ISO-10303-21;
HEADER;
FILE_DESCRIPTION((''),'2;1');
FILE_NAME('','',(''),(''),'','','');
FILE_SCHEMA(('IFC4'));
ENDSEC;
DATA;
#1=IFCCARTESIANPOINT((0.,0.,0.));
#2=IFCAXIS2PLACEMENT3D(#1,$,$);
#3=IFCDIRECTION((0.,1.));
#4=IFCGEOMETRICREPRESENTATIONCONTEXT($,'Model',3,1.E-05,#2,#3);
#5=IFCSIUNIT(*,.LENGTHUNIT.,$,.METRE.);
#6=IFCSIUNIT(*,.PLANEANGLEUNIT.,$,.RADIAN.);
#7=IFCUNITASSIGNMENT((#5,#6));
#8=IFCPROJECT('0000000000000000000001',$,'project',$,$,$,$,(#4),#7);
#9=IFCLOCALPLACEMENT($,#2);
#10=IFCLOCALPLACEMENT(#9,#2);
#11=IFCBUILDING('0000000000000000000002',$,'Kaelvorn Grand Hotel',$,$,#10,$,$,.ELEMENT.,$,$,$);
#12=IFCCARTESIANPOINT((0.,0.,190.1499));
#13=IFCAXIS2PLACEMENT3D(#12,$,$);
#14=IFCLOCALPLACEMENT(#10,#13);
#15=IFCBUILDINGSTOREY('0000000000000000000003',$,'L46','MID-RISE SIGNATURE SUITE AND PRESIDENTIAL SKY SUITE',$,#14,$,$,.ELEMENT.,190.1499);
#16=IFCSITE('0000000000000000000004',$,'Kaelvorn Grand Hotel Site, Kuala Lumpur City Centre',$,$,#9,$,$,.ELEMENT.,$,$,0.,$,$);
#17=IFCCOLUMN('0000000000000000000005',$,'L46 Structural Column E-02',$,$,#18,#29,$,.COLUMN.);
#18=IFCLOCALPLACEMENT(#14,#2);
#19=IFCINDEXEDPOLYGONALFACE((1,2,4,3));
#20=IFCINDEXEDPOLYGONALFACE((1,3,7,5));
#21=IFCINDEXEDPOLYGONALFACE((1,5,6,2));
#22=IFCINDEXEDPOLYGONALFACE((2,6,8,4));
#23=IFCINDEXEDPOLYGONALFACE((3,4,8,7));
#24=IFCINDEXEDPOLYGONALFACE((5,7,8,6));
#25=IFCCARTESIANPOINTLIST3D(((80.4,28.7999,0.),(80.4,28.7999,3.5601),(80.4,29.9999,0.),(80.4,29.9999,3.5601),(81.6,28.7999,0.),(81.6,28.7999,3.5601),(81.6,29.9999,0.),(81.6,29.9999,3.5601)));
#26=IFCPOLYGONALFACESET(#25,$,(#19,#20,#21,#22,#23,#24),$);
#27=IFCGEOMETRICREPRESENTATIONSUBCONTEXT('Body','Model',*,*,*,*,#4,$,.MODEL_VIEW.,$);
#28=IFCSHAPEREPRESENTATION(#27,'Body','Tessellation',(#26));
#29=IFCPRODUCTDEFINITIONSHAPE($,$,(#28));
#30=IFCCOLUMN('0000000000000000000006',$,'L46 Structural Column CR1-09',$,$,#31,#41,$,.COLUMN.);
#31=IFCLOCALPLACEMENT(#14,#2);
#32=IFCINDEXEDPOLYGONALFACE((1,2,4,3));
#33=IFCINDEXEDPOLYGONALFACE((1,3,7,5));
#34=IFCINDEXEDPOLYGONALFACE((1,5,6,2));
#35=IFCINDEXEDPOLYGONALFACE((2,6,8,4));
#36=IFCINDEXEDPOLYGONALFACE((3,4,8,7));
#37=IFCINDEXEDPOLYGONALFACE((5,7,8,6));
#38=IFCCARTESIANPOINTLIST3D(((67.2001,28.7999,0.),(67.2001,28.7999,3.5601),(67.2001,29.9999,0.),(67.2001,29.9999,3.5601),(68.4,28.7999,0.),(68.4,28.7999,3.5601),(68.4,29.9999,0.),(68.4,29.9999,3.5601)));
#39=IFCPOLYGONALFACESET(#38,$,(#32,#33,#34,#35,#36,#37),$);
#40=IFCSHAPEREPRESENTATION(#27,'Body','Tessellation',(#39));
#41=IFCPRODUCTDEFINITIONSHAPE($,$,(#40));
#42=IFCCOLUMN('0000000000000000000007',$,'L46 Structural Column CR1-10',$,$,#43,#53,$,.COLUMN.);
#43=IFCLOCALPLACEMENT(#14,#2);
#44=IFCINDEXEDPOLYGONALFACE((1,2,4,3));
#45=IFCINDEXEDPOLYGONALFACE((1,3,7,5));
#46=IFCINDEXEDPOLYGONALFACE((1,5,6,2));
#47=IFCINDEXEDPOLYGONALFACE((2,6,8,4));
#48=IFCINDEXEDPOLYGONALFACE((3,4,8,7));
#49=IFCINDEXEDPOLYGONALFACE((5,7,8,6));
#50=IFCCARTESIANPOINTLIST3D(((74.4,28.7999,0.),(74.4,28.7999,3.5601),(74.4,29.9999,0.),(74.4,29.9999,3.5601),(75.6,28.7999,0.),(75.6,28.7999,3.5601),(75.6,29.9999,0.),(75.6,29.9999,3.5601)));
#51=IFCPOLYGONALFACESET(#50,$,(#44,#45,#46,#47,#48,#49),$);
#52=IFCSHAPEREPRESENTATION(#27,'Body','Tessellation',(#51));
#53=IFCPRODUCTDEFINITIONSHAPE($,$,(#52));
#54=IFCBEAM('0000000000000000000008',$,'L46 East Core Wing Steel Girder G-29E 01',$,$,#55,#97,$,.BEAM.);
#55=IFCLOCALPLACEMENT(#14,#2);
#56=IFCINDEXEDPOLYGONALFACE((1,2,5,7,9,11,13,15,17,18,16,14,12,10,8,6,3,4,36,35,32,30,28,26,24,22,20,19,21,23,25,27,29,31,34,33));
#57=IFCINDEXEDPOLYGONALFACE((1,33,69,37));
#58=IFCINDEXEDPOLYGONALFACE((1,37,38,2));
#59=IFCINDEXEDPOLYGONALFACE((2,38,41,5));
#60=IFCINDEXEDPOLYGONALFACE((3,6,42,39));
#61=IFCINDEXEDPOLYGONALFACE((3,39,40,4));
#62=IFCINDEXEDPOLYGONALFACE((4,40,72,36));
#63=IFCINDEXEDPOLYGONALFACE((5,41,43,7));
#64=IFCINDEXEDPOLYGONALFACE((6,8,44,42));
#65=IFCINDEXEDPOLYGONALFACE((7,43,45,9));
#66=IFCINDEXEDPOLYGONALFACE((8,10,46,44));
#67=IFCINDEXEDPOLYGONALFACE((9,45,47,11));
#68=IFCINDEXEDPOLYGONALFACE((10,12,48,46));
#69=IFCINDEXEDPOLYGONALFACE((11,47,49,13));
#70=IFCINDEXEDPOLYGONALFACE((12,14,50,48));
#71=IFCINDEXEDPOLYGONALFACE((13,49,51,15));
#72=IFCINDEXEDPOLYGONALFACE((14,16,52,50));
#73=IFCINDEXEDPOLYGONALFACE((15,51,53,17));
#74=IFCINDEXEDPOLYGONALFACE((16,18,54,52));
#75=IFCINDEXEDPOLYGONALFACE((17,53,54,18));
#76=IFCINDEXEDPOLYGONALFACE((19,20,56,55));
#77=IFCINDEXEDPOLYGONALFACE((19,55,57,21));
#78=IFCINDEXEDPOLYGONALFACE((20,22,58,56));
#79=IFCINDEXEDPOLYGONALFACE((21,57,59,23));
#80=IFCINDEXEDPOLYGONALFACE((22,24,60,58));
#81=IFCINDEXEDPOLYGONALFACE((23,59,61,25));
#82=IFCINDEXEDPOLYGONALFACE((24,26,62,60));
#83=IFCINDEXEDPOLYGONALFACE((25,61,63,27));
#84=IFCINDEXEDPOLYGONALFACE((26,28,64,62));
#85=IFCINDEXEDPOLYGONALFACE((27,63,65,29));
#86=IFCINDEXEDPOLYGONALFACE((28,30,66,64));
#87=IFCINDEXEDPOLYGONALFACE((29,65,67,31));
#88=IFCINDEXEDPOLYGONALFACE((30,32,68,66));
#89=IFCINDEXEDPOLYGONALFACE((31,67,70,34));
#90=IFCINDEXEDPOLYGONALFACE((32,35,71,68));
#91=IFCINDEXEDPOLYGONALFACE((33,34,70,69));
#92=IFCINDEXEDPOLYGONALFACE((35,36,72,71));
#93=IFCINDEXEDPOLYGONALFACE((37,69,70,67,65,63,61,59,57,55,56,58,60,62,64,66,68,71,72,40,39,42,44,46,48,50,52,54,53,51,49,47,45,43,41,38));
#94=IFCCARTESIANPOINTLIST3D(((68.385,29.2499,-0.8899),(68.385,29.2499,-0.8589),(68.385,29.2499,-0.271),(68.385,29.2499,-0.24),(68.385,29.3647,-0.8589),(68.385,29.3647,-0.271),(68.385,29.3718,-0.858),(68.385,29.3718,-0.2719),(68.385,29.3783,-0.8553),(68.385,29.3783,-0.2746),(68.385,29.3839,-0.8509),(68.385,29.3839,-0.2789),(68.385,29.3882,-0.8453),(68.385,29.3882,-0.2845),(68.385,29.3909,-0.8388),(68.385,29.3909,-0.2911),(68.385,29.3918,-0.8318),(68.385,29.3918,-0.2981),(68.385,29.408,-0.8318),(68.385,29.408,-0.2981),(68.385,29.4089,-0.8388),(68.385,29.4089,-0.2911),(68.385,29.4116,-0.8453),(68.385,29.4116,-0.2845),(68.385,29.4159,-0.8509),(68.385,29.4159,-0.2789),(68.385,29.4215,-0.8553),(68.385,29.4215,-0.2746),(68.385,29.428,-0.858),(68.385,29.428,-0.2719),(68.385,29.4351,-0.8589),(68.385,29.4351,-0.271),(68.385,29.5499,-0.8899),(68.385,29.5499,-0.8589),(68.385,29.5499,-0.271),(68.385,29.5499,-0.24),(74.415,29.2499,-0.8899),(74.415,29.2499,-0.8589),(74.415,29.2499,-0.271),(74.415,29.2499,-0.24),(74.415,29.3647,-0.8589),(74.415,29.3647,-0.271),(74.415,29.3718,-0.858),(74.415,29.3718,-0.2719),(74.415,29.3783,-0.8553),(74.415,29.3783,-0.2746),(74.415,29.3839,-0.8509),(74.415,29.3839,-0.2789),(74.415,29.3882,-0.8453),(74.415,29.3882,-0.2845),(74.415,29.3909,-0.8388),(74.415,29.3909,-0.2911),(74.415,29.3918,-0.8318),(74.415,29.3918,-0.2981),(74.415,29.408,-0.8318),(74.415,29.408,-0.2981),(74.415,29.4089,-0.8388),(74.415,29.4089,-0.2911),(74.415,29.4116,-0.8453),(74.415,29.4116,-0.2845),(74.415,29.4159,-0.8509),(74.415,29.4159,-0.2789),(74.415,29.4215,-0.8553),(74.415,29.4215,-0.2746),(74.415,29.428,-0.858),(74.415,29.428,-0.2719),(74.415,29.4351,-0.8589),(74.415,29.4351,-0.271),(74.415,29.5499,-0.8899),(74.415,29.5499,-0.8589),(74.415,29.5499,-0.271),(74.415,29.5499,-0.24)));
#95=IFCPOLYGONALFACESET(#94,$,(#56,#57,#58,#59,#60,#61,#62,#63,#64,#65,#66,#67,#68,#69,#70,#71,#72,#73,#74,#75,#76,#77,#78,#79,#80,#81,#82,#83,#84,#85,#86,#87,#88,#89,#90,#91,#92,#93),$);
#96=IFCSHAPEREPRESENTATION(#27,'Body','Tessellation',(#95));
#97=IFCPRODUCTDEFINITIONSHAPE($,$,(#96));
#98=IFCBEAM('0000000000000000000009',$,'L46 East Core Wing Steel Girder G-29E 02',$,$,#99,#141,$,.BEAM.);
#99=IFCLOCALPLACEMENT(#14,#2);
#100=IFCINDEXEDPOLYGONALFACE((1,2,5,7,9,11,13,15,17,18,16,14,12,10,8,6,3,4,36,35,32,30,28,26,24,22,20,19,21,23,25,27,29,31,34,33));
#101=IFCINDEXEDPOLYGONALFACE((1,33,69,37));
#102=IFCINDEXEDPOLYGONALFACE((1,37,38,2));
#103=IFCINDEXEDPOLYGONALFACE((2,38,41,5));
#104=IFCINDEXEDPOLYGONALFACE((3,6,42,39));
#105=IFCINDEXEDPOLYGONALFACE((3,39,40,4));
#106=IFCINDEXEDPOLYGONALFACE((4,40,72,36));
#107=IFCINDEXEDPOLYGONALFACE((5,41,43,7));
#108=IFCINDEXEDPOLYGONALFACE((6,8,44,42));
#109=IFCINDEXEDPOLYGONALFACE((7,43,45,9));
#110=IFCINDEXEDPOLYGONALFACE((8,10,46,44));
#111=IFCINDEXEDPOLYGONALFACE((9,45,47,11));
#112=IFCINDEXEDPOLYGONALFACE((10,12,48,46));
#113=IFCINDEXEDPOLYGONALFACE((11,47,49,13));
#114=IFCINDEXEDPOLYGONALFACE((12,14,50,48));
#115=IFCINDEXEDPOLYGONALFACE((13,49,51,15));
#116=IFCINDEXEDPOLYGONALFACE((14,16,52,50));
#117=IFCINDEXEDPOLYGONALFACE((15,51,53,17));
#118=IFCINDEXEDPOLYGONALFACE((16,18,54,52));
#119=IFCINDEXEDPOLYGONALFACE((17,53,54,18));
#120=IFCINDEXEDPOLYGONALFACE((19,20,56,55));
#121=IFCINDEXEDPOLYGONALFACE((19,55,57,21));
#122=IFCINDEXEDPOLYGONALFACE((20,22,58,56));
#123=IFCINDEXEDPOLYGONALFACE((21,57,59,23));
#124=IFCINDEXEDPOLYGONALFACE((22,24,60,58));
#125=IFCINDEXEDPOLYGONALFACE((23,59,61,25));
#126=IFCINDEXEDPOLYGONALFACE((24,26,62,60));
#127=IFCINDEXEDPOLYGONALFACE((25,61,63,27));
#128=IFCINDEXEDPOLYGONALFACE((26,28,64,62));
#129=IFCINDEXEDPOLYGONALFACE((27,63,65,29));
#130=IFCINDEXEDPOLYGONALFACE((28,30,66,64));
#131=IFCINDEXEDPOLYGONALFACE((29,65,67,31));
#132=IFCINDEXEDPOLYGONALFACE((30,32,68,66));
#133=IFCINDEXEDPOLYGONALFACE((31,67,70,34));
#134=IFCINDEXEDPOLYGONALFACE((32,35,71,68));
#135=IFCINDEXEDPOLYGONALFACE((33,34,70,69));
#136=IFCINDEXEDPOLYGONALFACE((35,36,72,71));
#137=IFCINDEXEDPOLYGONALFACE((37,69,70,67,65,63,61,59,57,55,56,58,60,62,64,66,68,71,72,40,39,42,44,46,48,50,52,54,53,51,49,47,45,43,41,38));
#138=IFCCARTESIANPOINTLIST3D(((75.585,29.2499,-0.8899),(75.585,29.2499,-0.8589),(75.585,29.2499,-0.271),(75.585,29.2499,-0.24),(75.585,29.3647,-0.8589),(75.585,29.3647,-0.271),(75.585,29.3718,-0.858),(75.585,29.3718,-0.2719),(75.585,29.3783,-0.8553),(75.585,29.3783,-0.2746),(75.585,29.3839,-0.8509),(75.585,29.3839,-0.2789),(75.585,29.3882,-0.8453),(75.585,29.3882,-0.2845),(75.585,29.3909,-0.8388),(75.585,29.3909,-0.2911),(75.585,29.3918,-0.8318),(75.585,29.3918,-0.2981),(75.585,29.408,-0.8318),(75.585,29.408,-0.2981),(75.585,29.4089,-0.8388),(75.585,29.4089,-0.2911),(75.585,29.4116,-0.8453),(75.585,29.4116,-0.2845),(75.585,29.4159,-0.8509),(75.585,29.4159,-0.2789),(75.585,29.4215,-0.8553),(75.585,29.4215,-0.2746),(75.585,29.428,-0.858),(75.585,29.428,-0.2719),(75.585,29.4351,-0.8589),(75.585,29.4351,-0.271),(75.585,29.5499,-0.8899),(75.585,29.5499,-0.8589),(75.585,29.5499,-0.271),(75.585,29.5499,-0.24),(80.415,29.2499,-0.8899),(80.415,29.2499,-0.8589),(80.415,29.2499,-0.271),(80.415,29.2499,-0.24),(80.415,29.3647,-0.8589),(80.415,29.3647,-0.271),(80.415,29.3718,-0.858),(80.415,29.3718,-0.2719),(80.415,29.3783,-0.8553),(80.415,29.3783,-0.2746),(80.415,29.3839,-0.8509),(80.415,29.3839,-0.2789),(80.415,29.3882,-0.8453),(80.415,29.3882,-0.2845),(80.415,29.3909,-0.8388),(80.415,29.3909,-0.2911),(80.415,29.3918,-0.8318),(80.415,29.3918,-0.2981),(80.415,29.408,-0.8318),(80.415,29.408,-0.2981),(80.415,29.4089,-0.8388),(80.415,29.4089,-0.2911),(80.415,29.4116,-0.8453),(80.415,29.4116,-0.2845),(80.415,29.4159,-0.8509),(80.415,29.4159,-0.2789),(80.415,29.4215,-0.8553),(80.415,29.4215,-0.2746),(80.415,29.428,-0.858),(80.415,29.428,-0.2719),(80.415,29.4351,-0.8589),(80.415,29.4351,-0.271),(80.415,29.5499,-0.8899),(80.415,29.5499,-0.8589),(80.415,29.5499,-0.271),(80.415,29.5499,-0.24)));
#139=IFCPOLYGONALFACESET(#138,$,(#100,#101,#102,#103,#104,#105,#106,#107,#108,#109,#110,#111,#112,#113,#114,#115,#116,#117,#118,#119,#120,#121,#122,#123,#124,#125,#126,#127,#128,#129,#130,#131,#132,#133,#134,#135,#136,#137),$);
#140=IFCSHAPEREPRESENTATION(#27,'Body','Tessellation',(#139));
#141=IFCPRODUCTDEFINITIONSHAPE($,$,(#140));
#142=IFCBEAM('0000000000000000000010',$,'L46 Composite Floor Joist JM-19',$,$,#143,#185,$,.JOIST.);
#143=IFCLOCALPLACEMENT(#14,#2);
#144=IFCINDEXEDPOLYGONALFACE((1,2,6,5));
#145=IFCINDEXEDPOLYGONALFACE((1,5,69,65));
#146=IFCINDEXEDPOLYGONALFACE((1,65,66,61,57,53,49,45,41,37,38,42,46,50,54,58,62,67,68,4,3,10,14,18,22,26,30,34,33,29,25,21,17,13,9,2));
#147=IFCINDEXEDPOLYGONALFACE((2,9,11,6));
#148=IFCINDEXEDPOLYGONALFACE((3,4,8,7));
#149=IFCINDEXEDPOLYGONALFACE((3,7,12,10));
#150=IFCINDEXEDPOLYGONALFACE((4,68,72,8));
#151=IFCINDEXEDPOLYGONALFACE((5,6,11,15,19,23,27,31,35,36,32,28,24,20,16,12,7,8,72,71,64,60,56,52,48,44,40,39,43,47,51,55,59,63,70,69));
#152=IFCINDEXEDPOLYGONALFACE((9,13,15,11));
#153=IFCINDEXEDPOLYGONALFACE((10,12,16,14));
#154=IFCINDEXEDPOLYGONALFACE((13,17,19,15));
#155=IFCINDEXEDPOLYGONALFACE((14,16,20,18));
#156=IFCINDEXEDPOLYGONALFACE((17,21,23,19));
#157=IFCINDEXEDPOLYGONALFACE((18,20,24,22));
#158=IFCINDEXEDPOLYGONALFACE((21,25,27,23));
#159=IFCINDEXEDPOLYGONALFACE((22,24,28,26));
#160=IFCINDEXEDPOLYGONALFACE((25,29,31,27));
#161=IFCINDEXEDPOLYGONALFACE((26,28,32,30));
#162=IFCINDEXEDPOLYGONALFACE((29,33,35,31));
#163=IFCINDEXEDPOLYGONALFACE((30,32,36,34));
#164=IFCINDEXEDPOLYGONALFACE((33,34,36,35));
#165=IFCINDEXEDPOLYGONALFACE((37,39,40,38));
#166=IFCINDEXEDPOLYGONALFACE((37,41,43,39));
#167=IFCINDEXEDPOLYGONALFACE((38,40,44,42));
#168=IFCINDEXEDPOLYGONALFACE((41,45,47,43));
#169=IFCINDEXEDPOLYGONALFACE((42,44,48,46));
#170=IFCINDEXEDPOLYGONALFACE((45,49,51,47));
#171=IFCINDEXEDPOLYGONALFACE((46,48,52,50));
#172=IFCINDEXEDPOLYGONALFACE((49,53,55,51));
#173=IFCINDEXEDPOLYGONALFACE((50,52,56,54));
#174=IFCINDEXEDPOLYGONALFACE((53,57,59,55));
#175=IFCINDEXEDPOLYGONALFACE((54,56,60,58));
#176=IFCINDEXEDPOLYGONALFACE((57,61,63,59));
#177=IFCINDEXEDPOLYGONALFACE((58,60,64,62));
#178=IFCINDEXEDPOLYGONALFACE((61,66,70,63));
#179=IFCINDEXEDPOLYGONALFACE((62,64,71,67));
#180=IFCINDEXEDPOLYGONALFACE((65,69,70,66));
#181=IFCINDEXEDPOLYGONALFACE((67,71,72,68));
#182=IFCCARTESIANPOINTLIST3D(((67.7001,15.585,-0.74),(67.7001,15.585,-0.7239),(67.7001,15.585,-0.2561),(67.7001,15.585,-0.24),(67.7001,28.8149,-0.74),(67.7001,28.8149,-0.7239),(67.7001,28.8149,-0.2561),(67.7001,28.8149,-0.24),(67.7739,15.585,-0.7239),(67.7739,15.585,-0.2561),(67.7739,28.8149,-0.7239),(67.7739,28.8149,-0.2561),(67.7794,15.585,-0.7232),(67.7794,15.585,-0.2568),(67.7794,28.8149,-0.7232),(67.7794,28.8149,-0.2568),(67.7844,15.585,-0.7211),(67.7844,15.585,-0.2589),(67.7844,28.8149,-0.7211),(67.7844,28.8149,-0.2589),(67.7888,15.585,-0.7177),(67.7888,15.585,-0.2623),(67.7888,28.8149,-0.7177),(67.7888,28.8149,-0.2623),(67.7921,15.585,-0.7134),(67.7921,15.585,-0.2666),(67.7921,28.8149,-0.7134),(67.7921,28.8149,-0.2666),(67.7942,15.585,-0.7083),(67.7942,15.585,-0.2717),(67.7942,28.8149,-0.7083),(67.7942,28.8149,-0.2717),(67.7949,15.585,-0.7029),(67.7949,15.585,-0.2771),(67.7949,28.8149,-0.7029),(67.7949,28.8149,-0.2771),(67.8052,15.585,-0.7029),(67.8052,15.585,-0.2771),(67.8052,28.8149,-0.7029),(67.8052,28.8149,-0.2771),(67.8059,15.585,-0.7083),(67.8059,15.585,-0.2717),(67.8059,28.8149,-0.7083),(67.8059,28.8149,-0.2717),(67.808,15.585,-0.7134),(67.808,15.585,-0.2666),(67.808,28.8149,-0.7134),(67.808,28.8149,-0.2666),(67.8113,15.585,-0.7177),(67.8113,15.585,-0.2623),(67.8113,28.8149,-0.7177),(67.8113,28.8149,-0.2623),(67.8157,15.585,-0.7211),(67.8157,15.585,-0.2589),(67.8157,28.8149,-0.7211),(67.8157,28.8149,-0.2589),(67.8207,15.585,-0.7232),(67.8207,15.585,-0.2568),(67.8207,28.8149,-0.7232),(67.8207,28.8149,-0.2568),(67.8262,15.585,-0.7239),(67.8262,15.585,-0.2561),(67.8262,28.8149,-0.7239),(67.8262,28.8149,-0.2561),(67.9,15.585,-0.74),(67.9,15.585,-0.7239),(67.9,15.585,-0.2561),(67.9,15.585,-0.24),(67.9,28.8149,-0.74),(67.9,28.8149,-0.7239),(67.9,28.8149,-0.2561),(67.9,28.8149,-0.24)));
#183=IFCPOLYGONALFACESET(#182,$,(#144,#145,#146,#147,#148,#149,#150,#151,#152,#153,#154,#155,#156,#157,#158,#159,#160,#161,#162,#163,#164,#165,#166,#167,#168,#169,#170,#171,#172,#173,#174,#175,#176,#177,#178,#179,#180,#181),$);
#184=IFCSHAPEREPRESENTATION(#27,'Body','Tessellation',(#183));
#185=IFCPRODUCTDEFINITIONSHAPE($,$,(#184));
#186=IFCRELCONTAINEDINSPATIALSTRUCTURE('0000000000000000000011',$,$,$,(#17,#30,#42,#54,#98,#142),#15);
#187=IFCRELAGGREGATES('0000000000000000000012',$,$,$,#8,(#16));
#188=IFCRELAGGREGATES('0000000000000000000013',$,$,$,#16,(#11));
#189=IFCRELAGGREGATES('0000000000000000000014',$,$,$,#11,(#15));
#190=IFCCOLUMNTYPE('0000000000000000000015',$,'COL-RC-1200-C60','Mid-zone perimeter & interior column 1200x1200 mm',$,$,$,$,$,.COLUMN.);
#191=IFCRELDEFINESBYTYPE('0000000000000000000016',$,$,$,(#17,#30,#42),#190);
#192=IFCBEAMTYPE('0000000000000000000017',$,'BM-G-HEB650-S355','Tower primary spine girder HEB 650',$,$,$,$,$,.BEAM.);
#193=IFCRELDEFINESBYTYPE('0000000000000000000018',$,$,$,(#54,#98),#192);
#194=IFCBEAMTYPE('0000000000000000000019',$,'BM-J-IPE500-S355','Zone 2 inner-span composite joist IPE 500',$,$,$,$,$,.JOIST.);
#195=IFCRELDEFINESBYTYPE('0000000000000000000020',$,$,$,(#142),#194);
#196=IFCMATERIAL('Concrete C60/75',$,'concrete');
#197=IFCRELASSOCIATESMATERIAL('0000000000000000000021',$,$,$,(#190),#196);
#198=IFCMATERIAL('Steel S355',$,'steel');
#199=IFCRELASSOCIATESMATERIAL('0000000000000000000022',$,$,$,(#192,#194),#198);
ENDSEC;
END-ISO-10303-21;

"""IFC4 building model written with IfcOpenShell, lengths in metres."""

from ifc_helpers import new_model, si_unit, direction, frame, origin, origin_2d, place, context, subcontext, project, spatial, rectangle, i_section, extrude, material, material_profile, profile_set, type_object, element, save


model = new_model("IFC4")

# Units and contexts
model_context = context("Model", 3, precision=1e-05, world=origin(), true_north=direction((0.0, 1.0)))
body_context = subcontext(model_context, "Body", "Model", "MODEL_VIEW")
ifc_project = project(units=[si_unit("LENGTHUNIT", "METRE"), si_unit("PLANEANGLEUNIT", "RADIAN")], contexts=[model_context])

# Site, building, storey
site_placement = place(None, origin())
site = spatial("IfcSite", under=ifc_project, at=site_placement, Name="Kaelvorn Grand Hotel Site, Kuala Lumpur City Centre", CompositionType="ELEMENT", RefElevation=0.0)
building_placement = place(site_placement, origin())
building = spatial("IfcBuilding", under=site, at=building_placement, Name="Kaelvorn Grand Hotel", CompositionType="ELEMENT")
storey_placement = place(building_placement, frame((0.0, 0.0, 190.1499)))
storey = spatial("IfcBuildingStorey", under=building, at=storey_placement, Name="L46", Description="MID-RISE SIGNATURE SUITE AND PRESIDENTIAL SKY SUITE", CompositionType="ELEMENT", Elevation=190.1499)

# Columns
ifc_material_1 = material(Name="Concrete C60/75", Category="concrete")
ifc_material_profile_1 = material_profile(ifc_material_1, rectangle(XDim=1.2, YDim=1.2, at=origin_2d()), Name="RC COL 1200x1200")
ifc_profile_set_1 = profile_set([ifc_material_profile_1], Name="Concrete C60/75")
column_type = type_object("IfcColumnType", Name="COL-RC-1200-C60", Description="Mid-zone perimeter & interior column 1200x1200 mm", PredefinedType="COLUMN", material=ifc_profile_set_1)
for number, where, z_axis, x_axis, name in (
    (1, (81.0, 29.3999, 0.0), (0.0, 0.0, 1.0), (1.0, 0.0, 0.0), "L46 Structural Column E-02"),
    (2, (67.8, 29.3999, 0.0), (0.0, 0.0, 1.0), (1.0, 0.0, 0.0), "L46 Structural Column CR1-09"),
    (3, (75.0, 29.3999, 0.0), (0.0, 0.0, 1.0), (1.0, 0.0, 0.0), "L46 Structural Column CR1-10"),
):
    element("IfcColumn", number, at=place(storey_placement, frame(where, z_axis=z_axis, x_axis=x_axis)), inside=storey, type_object=column_type, Name=name, PredefinedType="COLUMN", context=body_context, shape_type="SweptSolid", body=[
        extrude(rectangle(XDim=1.2, YDim=1.2, at=origin_2d()), origin(), (0.0, 0.0, 1.0), 3.5601),
    ])

# Beams
ifc_material_2 = material(Name="Steel S355", Category="steel")
ifc_material_profile_2 = material_profile(ifc_material_2, i_section(OverallWidth=0.3, OverallDepth=0.6499, WebThickness=0.0161, FlangeThickness=0.031, FilletRadius=0.0271, at=origin_2d()), Name="HEB 650")
ifc_profile_set_2 = profile_set([ifc_material_profile_2], Name="Steel S355")
beam_type_1 = type_object("IfcBeamType", Name="BM-G-HEB650-S355", Description="Tower primary spine girder HEB 650", PredefinedType="BEAM", material=ifc_profile_set_2)
beam_1_placement = place(storey_placement, frame((68.385, 29.3999, -0.5649), z_axis=(1.0, 0.0, 0.0), x_axis=(0.0, 1.0, 0.0)))
element("IfcBeam", 4, at=beam_1_placement, inside=storey, type_object=beam_type_1, Name="L46 East Core Wing Steel Girder G-29E 01", PredefinedType="BEAM", context=body_context, shape_type="SweptSolid", body=[
    extrude(i_section(OverallWidth=0.3, OverallDepth=0.6499, WebThickness=0.0161, FlangeThickness=0.031, FilletRadius=0.0271, at=origin_2d()), origin(), (0.0, 0.0, 1.0), 6.03),
])
beam_2_placement = place(storey_placement, frame((75.585, 29.3999, -0.5649), z_axis=(1.0, 0.0, 0.0), x_axis=(0.0, 1.0, 0.0)))
element("IfcBeam", 5, at=beam_2_placement, inside=storey, type_object=beam_type_1, Name="L46 East Core Wing Steel Girder G-29E 02", PredefinedType="BEAM", context=body_context, shape_type="SweptSolid", body=[
    extrude(i_section(OverallWidth=0.3, OverallDepth=0.6499, WebThickness=0.0161, FlangeThickness=0.031, FilletRadius=0.0271, at=origin_2d()), origin(), (0.0, 0.0, 1.0), 4.8301),
])
ifc_material_profile_3 = material_profile(ifc_material_2, i_section(OverallWidth=0.2, OverallDepth=0.5, WebThickness=0.0103, FlangeThickness=0.0161, FilletRadius=0.021, at=origin_2d()), Name="IPE 500")
ifc_profile_set_3 = profile_set([ifc_material_profile_3], Name="Steel S355")
beam_type_2 = type_object("IfcBeamType", Name="BM-J-IPE500-S355", Description="Zone 2 inner-span composite joist IPE 500", PredefinedType="JOIST", material=ifc_profile_set_3)
for number, where, z_axis, x_axis, name in (
    (6, (67.8, 15.585, -0.49), (0.0, 1.0, 0.0), (-1.0, 0.0, 0.0), "L46 Composite Floor Joist JM-19"),
):
    element("IfcBeam", number, at=place(storey_placement, frame(where, z_axis=z_axis, x_axis=x_axis)), inside=storey, type_object=beam_type_2, Name=name, PredefinedType="JOIST", context=body_context, shape_type="SweptSolid", body=[
        extrude(i_section(OverallWidth=0.2, OverallDepth=0.5, WebThickness=0.0103, FlangeThickness=0.0161, FilletRadius=0.021, at=origin_2d()), origin(), (0.0, 0.0, 1.0), 13.23),
    ])

save(model, "model.ifc")
